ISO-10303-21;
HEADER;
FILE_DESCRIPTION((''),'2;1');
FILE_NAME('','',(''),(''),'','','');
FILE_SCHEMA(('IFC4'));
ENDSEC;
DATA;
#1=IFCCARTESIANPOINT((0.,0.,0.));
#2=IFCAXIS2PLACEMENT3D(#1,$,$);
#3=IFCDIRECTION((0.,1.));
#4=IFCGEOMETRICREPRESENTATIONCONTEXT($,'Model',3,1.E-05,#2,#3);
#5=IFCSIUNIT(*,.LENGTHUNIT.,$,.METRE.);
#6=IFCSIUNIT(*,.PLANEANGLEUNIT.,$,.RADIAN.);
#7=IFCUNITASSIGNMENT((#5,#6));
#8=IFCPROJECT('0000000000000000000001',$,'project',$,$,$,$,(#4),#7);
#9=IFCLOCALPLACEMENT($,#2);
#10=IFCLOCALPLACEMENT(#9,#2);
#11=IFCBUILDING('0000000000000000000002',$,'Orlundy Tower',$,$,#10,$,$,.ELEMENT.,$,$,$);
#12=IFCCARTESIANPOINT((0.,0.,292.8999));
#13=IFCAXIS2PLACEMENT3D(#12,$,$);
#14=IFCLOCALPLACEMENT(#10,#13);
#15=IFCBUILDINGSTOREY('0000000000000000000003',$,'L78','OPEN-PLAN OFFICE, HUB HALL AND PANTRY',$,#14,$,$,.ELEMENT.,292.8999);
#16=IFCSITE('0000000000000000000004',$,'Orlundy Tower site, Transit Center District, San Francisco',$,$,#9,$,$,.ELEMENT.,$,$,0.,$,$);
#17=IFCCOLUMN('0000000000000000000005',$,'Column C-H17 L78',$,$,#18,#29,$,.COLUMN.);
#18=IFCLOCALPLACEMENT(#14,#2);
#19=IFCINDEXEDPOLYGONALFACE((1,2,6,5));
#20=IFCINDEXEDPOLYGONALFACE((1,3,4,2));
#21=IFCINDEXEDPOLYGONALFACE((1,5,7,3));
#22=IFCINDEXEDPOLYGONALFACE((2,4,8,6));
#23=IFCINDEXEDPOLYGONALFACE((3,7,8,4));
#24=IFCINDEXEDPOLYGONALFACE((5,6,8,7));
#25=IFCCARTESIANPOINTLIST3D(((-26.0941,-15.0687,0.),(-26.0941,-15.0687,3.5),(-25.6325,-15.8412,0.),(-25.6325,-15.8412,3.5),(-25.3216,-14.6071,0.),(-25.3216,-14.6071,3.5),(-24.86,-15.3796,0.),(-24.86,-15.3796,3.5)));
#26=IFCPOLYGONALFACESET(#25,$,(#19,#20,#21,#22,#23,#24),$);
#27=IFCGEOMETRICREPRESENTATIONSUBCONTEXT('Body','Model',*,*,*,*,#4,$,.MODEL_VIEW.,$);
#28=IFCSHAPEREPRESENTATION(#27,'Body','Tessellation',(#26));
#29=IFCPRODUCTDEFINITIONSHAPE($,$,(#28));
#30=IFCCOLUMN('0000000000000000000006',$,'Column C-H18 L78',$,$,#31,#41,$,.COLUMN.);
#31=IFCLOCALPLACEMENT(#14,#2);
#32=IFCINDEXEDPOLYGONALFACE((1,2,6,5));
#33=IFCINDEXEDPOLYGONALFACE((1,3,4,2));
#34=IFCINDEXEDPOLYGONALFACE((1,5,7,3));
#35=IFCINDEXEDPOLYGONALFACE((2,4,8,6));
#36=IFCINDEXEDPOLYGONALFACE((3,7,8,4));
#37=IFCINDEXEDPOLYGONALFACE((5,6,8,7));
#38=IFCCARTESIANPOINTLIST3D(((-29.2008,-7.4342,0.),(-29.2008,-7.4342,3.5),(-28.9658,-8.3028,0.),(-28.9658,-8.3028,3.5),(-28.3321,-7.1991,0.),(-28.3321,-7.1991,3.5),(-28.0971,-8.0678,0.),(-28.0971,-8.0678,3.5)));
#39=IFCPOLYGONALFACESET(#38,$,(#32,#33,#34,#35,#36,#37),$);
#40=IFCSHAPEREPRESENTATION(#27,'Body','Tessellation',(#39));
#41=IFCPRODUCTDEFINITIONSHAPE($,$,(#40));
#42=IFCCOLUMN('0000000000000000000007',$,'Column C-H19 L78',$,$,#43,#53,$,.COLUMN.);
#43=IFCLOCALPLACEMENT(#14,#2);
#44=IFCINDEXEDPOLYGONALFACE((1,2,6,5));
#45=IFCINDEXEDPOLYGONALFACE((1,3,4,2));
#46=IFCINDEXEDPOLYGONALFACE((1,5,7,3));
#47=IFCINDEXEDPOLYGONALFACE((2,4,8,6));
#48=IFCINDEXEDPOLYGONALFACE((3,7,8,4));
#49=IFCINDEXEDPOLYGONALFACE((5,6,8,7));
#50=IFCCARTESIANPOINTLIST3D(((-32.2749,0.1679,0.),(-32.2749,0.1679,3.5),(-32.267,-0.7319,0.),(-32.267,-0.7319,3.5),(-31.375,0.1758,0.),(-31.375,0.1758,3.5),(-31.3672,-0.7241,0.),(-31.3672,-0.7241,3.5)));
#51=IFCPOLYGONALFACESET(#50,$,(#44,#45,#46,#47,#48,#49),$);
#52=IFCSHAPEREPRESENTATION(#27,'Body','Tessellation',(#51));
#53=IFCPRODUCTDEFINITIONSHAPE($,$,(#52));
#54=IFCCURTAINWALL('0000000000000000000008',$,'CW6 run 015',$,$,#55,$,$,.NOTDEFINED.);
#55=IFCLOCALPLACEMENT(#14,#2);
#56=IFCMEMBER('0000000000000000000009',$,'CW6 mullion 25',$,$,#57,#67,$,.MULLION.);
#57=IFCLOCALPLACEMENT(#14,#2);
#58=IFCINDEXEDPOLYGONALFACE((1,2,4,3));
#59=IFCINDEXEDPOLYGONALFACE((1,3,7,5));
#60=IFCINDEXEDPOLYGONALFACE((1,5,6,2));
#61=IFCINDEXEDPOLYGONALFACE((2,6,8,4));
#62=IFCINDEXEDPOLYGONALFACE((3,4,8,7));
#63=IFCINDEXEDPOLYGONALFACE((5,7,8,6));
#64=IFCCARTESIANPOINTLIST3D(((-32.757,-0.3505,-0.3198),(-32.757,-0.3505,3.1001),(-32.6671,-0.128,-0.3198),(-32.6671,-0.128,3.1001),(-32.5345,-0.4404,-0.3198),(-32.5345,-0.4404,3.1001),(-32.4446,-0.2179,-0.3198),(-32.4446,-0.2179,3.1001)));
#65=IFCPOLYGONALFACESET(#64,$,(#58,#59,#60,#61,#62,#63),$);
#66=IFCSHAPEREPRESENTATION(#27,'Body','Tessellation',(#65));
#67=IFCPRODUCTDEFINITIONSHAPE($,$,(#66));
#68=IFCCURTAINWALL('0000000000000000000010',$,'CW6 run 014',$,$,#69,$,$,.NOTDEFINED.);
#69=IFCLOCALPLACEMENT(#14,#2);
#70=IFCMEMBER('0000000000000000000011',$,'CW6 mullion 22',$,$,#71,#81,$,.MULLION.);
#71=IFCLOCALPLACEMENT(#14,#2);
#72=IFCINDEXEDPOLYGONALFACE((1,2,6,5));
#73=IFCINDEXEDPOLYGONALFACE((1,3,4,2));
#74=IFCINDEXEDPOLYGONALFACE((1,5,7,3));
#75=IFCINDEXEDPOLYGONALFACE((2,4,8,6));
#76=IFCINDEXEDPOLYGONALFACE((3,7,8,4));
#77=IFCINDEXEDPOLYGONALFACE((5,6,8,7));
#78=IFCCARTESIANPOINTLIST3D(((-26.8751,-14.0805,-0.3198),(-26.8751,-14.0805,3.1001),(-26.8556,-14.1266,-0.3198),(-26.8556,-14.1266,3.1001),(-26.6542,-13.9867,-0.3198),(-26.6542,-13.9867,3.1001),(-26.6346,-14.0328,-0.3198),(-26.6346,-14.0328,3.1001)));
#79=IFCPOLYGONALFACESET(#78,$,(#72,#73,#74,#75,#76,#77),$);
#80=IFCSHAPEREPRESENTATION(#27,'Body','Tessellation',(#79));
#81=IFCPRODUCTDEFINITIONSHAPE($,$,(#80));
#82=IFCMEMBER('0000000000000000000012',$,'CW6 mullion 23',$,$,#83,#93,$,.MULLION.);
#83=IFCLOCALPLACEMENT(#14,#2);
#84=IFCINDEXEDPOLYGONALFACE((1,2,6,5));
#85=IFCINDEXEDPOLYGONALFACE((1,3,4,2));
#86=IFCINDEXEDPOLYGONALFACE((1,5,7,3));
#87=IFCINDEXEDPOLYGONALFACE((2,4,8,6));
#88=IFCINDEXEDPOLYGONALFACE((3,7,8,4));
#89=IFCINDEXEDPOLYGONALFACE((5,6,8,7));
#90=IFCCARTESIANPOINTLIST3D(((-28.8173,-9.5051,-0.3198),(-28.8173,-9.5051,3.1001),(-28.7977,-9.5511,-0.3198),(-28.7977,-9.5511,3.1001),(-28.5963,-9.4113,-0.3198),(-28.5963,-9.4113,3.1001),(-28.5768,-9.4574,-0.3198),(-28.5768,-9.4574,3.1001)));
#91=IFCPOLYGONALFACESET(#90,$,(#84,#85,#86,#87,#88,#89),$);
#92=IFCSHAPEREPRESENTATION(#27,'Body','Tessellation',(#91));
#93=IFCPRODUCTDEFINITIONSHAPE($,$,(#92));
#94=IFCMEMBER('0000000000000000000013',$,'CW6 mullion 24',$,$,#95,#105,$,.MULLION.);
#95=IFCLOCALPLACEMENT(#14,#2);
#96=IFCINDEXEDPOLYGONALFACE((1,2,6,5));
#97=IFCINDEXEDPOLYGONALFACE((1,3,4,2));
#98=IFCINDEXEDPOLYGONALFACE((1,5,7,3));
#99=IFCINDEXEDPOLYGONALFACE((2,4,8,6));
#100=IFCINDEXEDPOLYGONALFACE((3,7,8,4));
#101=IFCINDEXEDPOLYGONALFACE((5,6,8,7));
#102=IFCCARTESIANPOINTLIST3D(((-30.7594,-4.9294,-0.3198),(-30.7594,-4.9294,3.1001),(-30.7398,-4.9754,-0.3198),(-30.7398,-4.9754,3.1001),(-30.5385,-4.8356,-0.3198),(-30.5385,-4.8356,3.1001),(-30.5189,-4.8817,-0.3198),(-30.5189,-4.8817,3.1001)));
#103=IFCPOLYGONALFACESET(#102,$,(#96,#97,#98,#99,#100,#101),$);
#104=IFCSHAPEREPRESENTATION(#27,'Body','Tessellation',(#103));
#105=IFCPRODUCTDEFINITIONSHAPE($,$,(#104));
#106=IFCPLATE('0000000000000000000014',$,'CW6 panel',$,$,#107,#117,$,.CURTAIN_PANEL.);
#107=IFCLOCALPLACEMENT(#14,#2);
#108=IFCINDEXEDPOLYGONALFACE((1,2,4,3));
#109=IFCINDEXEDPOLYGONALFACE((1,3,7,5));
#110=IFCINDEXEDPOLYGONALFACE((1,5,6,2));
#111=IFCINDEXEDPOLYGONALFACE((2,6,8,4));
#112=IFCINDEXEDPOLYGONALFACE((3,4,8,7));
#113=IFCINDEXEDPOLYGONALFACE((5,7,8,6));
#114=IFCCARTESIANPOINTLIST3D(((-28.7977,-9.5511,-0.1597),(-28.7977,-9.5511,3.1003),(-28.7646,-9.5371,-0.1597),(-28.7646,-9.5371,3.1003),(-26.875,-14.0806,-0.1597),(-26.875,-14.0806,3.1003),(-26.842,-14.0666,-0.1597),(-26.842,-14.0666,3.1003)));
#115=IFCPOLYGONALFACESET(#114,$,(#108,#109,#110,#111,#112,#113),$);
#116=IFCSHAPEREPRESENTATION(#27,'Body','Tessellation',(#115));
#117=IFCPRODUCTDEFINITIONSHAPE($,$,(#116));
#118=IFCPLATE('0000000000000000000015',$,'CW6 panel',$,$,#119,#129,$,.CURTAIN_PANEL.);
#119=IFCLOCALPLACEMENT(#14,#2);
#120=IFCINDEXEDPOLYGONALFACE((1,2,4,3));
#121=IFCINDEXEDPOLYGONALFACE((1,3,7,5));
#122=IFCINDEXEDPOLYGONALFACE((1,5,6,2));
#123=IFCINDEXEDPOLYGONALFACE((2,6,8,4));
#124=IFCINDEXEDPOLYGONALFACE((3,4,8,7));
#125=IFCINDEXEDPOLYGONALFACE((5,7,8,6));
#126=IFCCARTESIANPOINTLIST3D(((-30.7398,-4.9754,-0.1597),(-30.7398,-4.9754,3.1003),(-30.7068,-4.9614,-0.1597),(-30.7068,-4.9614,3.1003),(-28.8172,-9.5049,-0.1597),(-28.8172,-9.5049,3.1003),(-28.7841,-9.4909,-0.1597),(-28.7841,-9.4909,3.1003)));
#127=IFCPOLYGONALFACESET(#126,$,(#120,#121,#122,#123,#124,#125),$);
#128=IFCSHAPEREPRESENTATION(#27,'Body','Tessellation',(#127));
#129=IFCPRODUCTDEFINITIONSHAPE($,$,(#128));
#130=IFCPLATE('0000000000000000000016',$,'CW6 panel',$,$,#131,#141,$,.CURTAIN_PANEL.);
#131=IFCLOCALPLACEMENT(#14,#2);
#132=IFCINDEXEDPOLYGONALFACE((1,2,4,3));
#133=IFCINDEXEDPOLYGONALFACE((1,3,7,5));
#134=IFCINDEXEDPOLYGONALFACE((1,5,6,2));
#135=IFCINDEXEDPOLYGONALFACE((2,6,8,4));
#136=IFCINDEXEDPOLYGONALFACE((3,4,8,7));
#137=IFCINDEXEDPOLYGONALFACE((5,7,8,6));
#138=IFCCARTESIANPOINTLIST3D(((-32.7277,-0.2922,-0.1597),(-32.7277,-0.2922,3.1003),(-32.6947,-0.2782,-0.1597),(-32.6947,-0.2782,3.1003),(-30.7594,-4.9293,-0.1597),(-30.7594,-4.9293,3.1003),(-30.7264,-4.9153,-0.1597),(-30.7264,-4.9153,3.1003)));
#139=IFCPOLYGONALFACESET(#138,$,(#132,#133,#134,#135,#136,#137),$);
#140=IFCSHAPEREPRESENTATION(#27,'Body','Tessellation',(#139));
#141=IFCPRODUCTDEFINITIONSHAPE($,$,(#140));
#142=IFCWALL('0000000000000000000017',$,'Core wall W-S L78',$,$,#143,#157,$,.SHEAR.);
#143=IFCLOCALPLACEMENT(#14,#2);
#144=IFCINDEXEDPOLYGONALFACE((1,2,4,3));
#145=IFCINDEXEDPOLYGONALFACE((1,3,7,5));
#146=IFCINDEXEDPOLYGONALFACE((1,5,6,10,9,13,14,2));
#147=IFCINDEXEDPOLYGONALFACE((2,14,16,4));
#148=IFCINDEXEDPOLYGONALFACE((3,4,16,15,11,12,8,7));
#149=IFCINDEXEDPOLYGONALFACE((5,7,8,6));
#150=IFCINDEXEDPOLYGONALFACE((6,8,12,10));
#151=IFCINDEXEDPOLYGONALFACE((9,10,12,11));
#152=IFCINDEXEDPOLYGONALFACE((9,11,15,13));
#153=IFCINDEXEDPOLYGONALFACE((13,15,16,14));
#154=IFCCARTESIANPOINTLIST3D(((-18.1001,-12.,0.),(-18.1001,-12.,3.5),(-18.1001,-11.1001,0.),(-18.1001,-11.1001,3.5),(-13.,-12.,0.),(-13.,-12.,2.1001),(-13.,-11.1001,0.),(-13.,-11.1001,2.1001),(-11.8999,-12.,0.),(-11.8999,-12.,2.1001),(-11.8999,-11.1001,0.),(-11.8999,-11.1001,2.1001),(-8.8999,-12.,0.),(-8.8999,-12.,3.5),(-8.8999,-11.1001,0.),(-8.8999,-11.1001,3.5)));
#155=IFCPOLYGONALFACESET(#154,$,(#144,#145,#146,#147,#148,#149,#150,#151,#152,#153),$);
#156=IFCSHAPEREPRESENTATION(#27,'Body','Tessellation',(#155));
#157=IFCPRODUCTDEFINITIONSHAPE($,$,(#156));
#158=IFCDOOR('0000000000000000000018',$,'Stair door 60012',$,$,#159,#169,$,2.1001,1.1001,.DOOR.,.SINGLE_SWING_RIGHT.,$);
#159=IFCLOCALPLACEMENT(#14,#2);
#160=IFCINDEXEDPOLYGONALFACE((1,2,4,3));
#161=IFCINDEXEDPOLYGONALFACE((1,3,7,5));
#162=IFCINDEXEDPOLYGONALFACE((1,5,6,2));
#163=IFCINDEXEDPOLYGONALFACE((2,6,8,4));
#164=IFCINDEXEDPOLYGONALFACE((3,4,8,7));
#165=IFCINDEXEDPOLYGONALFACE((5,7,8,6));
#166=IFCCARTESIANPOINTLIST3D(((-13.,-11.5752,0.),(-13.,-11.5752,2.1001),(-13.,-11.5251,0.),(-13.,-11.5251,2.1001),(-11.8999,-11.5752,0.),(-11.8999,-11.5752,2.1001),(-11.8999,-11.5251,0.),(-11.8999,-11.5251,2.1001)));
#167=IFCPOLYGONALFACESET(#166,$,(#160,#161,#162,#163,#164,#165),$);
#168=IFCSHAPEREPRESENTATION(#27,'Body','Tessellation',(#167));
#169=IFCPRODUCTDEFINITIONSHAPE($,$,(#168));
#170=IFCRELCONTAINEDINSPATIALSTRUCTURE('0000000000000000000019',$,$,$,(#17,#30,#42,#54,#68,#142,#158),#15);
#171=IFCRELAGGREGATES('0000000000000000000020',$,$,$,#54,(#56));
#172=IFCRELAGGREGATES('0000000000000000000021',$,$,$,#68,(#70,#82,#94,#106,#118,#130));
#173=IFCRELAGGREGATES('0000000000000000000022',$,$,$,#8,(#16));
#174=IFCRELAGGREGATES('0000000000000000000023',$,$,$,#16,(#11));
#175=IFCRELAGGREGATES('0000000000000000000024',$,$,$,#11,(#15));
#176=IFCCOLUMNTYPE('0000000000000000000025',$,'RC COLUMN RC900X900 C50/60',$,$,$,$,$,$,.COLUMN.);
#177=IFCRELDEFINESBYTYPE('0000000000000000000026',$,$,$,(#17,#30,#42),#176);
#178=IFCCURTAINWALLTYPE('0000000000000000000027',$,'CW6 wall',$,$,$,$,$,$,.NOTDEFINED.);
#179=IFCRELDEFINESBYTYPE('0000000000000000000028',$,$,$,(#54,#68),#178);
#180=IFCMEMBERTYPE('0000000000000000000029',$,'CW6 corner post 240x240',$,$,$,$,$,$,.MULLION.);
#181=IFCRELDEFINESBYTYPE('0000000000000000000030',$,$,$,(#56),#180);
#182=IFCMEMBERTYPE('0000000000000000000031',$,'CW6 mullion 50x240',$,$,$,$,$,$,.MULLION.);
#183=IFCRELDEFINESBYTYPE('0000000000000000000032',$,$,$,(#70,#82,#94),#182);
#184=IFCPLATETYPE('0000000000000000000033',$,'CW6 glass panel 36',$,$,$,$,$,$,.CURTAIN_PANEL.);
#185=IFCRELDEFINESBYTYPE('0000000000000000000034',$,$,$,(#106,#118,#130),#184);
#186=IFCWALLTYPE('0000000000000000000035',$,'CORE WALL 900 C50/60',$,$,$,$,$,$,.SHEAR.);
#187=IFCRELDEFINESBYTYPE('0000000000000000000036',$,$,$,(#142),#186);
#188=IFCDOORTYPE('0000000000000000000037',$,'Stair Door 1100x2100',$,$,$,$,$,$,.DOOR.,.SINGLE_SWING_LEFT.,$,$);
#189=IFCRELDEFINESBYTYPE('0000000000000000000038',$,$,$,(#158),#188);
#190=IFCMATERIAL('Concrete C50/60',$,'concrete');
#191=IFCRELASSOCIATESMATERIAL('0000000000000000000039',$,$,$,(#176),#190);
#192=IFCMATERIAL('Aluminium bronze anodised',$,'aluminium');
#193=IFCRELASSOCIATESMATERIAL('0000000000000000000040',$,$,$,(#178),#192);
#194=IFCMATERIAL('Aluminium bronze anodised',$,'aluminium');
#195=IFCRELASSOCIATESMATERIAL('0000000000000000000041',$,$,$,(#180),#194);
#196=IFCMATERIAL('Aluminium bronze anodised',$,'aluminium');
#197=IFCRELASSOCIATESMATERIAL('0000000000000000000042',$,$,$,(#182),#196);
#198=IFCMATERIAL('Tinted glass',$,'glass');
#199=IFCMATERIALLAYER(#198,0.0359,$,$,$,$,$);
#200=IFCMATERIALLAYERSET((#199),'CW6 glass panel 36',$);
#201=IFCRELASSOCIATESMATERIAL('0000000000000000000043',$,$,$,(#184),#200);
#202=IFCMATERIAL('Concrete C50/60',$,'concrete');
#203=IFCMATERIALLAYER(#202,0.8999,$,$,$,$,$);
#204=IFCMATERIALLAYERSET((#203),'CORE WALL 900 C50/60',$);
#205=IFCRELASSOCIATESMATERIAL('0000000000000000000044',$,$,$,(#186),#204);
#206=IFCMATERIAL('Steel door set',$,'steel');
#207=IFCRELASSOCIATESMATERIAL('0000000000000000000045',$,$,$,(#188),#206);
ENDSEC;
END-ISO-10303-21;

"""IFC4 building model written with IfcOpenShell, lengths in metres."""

from ifc_helpers import new_model, si_unit, direction, frame, frame_2d, origin, origin_2d, place, context, subcontext, project, spatial, rectangle, extrude, material, layer, layer_set, material_profile, profile_set, type_object, element, fill, aggregate, save


model = new_model("IFC4")

# Units and contexts
model_context = context("Model", 3, precision=1e-05, world=origin(), true_north=direction((0.0, 1.0)))
body_context = subcontext(model_context, "Body", "Model", "MODEL_VIEW")
ifc_project = project(units=[si_unit("LENGTHUNIT", "METRE"), si_unit("PLANEANGLEUNIT", "RADIAN")], contexts=[model_context])

# Site, building, storey
site_placement = place(None, origin())
site = spatial("IfcSite", under=ifc_project, at=site_placement, Name="Orlundy Tower site, Transit Center District, San Francisco", CompositionType="ELEMENT", RefElevation=0.0)
building_placement = place(site_placement, origin())
building = spatial("IfcBuilding", under=site, at=building_placement, Name="Orlundy Tower", CompositionType="ELEMENT")
storey_placement = place(building_placement, frame((0.0, 0.0, 292.8999)))
storey = spatial("IfcBuildingStorey", under=building, at=storey_placement, Name="L78", Description="OPEN-PLAN OFFICE, HUB HALL AND PANTRY", CompositionType="ELEMENT", Elevation=292.8999)

# Columns
ifc_material_1 = material(Name="Concrete C50/60", Category="concrete")
ifc_material_profile_1 = material_profile(ifc_material_1, rectangle(XDim=0.8999, YDim=0.8999, at=origin_2d()), Name="RC900X900")
ifc_profile_set_1 = profile_set([ifc_material_profile_1], Name="Concrete C50/60")
column_type = type_object("IfcColumnType", Name="RC COLUMN RC900X900 C50/60", PredefinedType="COLUMN", material=ifc_profile_set_1)
for number, where, z_axis, x_axis, name in (
    (1, (-25.4771, -15.2241, 0.0), (0.0, 0.0, 1.0), (-0.858414, -0.512957, 0.0), "Column C-H17 L78"),
    (2, (-28.6489, -7.751, 0.0), (0.0, 0.0, 1.0), (-0.965295, -0.261162, 0.0), "Column C-H18 L78"),
    (3, (-31.821, -0.2781, 0.0), (0.0, 0.0, 1.0), (-0.999962, -0.008744, 0.0), "Column C-H19 L78"),
):
    element("IfcColumn", number, at=place(storey_placement, frame(where, z_axis=z_axis, x_axis=x_axis)), inside=storey, type_object=column_type, Name=name, PredefinedType="COLUMN", context=body_context, shape_type="SweptSolid", body=[
        extrude(rectangle(XDim=0.8999, YDim=0.8999, at=origin_2d()), origin(), (0.0, 0.0, 1.0), 3.5),
    ])

# Curtain wall, member
ifc_material_2 = material(Name="Aluminium bronze anodised", Category="aluminium")
curtain_wall_type = type_object("IfcCurtainWallType", Name="CW6 wall", PredefinedType="NOTDEFINED", material=ifc_material_2)
curtain_wall_1_placement = place(storey_placement, origin())
curtain_wall_1 = element("IfcCurtainWall", 4, at=curtain_wall_1_placement, inside=storey, type_object=curtain_wall_type, Name="CW6 run 015", PredefinedType="NOTDEFINED")
ifc_material_3 = material(Name="Aluminium bronze anodised", Category="aluminium")
ifc_material_profile_2 = material_profile(ifc_material_3, rectangle(XDim=0.24, YDim=0.24, at=origin_2d()), Name="CW6 corner post 240x240")
ifc_profile_set_2 = profile_set([ifc_material_profile_2], Name="Aluminium bronze anodised")
member_type_1 = type_object("IfcMemberType", Name="CW6 corner post 240x240", PredefinedType="MULLION", material=ifc_profile_set_2)
member_1_placement = place(storey_placement, frame((-32.6008, -0.2842, -0.3198), z_axis=(0.0, 0.0, 1.0), x_axis=(-0.927184, 0.374607, 0.0)))
member_1 = element("IfcMember", 5, at=member_1_placement, type_object=member_type_1, Name="CW6 mullion 25", PredefinedType="MULLION", context=body_context, shape_type="SweptSolid", body=[
    extrude(rectangle(XDim=0.24, YDim=0.24, at=origin_2d()), origin(), (0.0, 0.0, 1.0), 3.4199),
])
aggregate(curtain_wall_1, [member_1])

# Curtain wall, members, plates
curtain_wall_2_placement = place(storey_placement, origin())
curtain_wall_2 = element("IfcCurtainWall", 6, at=curtain_wall_2_placement, inside=storey, type_object=curtain_wall_type, Name="CW6 run 014", PredefinedType="NOTDEFINED")
ifc_material_4 = material(Name="Aluminium bronze anodised", Category="aluminium")
ifc_material_profile_3 = material_profile(ifc_material_4, rectangle(XDim=0.24, YDim=0.05, at=origin_2d()), Name="CW6 mullion 50x240")
ifc_profile_set_3 = profile_set([ifc_material_profile_3], Name="Aluminium bronze anodised")
member_type_2 = type_object("IfcMemberType", Name="CW6 mullion 50x240", PredefinedType="MULLION", material=ifc_profile_set_3)
member_2_placement = place(storey_placement, frame((-26.7549, -14.0566, -0.3198), z_axis=(0.0, 0.0, 1.0), x_axis=(-0.920507, -0.390727, 0.0)))
member_2 = element("IfcMember", 7, at=member_2_placement, type_object=member_type_2, Name="CW6 mullion 22", PredefinedType="MULLION", context=body_context, shape_type="SweptSolid", body=[
    extrude(rectangle(XDim=0.24, YDim=0.05, at=origin_2d()), origin(), (0.0, 0.0, 1.0), 3.4199),
])
member_3_placement = place(storey_placement, frame((-28.697, -9.4812, -0.3198), z_axis=(0.0, 0.0, 1.0), x_axis=(-0.920507, -0.390727, 0.0)))
member_3 = element("IfcMember", 8, at=member_3_placement, type_object=member_type_2, Name="CW6 mullion 23", PredefinedType="MULLION", context=body_context, shape_type="SweptSolid", body=[
    extrude(rectangle(XDim=0.24, YDim=0.05, at=origin_2d()), origin(), (0.0, 0.0, 1.0), 3.4199),
])
member_4_placement = place(storey_placement, frame((-30.6392, -4.9055, -0.3198), z_axis=(0.0, 0.0, 1.0), x_axis=(-0.920507, -0.390727, 0.0)))
member_4 = element("IfcMember", 9, at=member_4_placement, type_object=member_type_2, Name="CW6 mullion 24", PredefinedType="MULLION", context=body_context, shape_type="SweptSolid", body=[
    extrude(rectangle(XDim=0.24, YDim=0.05, at=origin_2d()), origin(), (0.0, 0.0, 1.0), 3.4199),
])
ifc_material_5 = material(Name="Tinted glass", Category="glass")
ifc_layer_1 = layer(ifc_material_5, 0.0359)
ifc_layer_set_1 = layer_set([ifc_layer_1], Name="CW6 glass panel 36")
plate_type = type_object("IfcPlateType", Name="CW6 glass panel 36", PredefinedType="CURTAIN_PANEL", material=ifc_layer_set_1)
plate_1_placement = place(storey_placement, frame((-27.8198, -11.8088, -0.1597), z_axis=(0.0, 0.0, 1.0), x_axis=(-0.390727, 0.920507, 0.0)))
plate_1 = element("IfcPlate", 10, at=plate_1_placement, type_object=plate_type, Name="CW6 panel", PredefinedType="CURTAIN_PANEL", context=body_context, shape_type="SweptSolid", body=[
    extrude(rectangle(XDim=4.9207, YDim=0.0359, at=origin_2d()), origin(), (0.0, 0.0, 1.0), 3.26),
])
plate_2_placement = place(storey_placement, frame((-29.762, -7.2332, -0.1597), z_axis=(0.0, 0.0, 1.0), x_axis=(-0.390727, 0.920507, 0.0)))
plate_2 = element("IfcPlate", 11, at=plate_2_placement, type_object=plate_type, Name="CW6 panel", PredefinedType="CURTAIN_PANEL", context=body_context, shape_type="SweptSolid", body=[
    extrude(rectangle(XDim=4.9207, YDim=0.0359, at=origin_2d()), origin(), (0.0, 0.0, 1.0), 3.26),
])
plate_3_placement = place(storey_placement, frame((-31.7271, -2.6038, -0.1597), z_axis=(0.0, 0.0, 1.0), x_axis=(-0.390727, 0.920507, 0.0)))
plate_3 = element("IfcPlate", 12, at=plate_3_placement, type_object=plate_type, Name="CW6 panel", PredefinedType="CURTAIN_PANEL", context=body_context, shape_type="SweptSolid", body=[
    extrude(rectangle(XDim=5.0376, YDim=0.0359, at=origin_2d()), origin(), (0.0, 0.0, 1.0), 3.26),
])
aggregate(curtain_wall_2, [member_2, member_3, member_4, plate_1, plate_2, plate_3])

# Wall, opening, door
ifc_material_6 = material(Name="Concrete C50/60", Category="concrete")
ifc_layer_2 = layer(ifc_material_6, 0.8999)
ifc_layer_set_2 = layer_set([ifc_layer_2], Name="CORE WALL 900 C50/60")
wall_type_1 = type_object("IfcWallType", Name="CORE WALL 900 C50/60", PredefinedType="SHEAR", material=ifc_layer_set_2)
wall_1_placement = place(storey_placement, frame((-18.1001, -11.55, 0.0), z_axis=(0.0, 0.0, 1.0), x_axis=(1.0, 0.0, 0.0)))
wall_1 = element("IfcWall", 13, at=wall_1_placement, inside=storey, type_object=wall_type_1, Name="Core wall W-S L78", PredefinedType="SHEAR", context=body_context, shape_type="SweptSolid", body=[
    extrude(rectangle(XDim=9.2002, YDim=0.8999, at=frame_2d((4.6001, 0.0))), origin(), (0.0, 0.0, 1.0), 3.5),
])
opening_1_placement = place(wall_1_placement, frame((5.1001, 0.0, 0.0)))
opening_1 = element("IfcOpeningElement", 14, at=opening_1_placement, cuts=wall_1, PredefinedType="OPENING", context=body_context, shape_type="SweptSolid", body=[
    extrude(rectangle(XDim=1.1001, YDim=2.1001, at=frame_2d((0.55, 1.05))), frame((0.0, 0.46, 0.0), z_axis=(0.0, -1.0, 0.0), x_axis=(1.0, 0.0, 0.0)), (0.0, 0.0, 1.0), 0.9199),
])
ifc_material_7 = material(Name="Steel door set", Category="steel")
door_type_1 = type_object("IfcDoorType", Name="Stair Door 1100x2100", OperationType="SINGLE_SWING_LEFT", PredefinedType="DOOR", material=ifc_material_7)
door_1_placement = place(opening_1_placement, origin())
door_1 = element("IfcDoor", 15, at=door_1_placement, inside=storey, type_object=door_type_1, Name="Stair door 60012", OperationType="SINGLE_SWING_RIGHT", OverallHeight=2.1001, OverallWidth=1.1001, PredefinedType="DOOR", context=body_context, shape_type="SweptSolid", body=[
    extrude(rectangle(XDim=1.1001, YDim=2.1001, at=frame_2d((0.55, 1.05))), frame((0.0, 0.0249, 0.0), z_axis=(0.0, -1.0, 0.0), x_axis=(1.0, 0.0, 0.0)), (0.0, 0.0, 1.0), 0.05),
])
fill(opening_1, door_1)

save(model, "model.ifc")
